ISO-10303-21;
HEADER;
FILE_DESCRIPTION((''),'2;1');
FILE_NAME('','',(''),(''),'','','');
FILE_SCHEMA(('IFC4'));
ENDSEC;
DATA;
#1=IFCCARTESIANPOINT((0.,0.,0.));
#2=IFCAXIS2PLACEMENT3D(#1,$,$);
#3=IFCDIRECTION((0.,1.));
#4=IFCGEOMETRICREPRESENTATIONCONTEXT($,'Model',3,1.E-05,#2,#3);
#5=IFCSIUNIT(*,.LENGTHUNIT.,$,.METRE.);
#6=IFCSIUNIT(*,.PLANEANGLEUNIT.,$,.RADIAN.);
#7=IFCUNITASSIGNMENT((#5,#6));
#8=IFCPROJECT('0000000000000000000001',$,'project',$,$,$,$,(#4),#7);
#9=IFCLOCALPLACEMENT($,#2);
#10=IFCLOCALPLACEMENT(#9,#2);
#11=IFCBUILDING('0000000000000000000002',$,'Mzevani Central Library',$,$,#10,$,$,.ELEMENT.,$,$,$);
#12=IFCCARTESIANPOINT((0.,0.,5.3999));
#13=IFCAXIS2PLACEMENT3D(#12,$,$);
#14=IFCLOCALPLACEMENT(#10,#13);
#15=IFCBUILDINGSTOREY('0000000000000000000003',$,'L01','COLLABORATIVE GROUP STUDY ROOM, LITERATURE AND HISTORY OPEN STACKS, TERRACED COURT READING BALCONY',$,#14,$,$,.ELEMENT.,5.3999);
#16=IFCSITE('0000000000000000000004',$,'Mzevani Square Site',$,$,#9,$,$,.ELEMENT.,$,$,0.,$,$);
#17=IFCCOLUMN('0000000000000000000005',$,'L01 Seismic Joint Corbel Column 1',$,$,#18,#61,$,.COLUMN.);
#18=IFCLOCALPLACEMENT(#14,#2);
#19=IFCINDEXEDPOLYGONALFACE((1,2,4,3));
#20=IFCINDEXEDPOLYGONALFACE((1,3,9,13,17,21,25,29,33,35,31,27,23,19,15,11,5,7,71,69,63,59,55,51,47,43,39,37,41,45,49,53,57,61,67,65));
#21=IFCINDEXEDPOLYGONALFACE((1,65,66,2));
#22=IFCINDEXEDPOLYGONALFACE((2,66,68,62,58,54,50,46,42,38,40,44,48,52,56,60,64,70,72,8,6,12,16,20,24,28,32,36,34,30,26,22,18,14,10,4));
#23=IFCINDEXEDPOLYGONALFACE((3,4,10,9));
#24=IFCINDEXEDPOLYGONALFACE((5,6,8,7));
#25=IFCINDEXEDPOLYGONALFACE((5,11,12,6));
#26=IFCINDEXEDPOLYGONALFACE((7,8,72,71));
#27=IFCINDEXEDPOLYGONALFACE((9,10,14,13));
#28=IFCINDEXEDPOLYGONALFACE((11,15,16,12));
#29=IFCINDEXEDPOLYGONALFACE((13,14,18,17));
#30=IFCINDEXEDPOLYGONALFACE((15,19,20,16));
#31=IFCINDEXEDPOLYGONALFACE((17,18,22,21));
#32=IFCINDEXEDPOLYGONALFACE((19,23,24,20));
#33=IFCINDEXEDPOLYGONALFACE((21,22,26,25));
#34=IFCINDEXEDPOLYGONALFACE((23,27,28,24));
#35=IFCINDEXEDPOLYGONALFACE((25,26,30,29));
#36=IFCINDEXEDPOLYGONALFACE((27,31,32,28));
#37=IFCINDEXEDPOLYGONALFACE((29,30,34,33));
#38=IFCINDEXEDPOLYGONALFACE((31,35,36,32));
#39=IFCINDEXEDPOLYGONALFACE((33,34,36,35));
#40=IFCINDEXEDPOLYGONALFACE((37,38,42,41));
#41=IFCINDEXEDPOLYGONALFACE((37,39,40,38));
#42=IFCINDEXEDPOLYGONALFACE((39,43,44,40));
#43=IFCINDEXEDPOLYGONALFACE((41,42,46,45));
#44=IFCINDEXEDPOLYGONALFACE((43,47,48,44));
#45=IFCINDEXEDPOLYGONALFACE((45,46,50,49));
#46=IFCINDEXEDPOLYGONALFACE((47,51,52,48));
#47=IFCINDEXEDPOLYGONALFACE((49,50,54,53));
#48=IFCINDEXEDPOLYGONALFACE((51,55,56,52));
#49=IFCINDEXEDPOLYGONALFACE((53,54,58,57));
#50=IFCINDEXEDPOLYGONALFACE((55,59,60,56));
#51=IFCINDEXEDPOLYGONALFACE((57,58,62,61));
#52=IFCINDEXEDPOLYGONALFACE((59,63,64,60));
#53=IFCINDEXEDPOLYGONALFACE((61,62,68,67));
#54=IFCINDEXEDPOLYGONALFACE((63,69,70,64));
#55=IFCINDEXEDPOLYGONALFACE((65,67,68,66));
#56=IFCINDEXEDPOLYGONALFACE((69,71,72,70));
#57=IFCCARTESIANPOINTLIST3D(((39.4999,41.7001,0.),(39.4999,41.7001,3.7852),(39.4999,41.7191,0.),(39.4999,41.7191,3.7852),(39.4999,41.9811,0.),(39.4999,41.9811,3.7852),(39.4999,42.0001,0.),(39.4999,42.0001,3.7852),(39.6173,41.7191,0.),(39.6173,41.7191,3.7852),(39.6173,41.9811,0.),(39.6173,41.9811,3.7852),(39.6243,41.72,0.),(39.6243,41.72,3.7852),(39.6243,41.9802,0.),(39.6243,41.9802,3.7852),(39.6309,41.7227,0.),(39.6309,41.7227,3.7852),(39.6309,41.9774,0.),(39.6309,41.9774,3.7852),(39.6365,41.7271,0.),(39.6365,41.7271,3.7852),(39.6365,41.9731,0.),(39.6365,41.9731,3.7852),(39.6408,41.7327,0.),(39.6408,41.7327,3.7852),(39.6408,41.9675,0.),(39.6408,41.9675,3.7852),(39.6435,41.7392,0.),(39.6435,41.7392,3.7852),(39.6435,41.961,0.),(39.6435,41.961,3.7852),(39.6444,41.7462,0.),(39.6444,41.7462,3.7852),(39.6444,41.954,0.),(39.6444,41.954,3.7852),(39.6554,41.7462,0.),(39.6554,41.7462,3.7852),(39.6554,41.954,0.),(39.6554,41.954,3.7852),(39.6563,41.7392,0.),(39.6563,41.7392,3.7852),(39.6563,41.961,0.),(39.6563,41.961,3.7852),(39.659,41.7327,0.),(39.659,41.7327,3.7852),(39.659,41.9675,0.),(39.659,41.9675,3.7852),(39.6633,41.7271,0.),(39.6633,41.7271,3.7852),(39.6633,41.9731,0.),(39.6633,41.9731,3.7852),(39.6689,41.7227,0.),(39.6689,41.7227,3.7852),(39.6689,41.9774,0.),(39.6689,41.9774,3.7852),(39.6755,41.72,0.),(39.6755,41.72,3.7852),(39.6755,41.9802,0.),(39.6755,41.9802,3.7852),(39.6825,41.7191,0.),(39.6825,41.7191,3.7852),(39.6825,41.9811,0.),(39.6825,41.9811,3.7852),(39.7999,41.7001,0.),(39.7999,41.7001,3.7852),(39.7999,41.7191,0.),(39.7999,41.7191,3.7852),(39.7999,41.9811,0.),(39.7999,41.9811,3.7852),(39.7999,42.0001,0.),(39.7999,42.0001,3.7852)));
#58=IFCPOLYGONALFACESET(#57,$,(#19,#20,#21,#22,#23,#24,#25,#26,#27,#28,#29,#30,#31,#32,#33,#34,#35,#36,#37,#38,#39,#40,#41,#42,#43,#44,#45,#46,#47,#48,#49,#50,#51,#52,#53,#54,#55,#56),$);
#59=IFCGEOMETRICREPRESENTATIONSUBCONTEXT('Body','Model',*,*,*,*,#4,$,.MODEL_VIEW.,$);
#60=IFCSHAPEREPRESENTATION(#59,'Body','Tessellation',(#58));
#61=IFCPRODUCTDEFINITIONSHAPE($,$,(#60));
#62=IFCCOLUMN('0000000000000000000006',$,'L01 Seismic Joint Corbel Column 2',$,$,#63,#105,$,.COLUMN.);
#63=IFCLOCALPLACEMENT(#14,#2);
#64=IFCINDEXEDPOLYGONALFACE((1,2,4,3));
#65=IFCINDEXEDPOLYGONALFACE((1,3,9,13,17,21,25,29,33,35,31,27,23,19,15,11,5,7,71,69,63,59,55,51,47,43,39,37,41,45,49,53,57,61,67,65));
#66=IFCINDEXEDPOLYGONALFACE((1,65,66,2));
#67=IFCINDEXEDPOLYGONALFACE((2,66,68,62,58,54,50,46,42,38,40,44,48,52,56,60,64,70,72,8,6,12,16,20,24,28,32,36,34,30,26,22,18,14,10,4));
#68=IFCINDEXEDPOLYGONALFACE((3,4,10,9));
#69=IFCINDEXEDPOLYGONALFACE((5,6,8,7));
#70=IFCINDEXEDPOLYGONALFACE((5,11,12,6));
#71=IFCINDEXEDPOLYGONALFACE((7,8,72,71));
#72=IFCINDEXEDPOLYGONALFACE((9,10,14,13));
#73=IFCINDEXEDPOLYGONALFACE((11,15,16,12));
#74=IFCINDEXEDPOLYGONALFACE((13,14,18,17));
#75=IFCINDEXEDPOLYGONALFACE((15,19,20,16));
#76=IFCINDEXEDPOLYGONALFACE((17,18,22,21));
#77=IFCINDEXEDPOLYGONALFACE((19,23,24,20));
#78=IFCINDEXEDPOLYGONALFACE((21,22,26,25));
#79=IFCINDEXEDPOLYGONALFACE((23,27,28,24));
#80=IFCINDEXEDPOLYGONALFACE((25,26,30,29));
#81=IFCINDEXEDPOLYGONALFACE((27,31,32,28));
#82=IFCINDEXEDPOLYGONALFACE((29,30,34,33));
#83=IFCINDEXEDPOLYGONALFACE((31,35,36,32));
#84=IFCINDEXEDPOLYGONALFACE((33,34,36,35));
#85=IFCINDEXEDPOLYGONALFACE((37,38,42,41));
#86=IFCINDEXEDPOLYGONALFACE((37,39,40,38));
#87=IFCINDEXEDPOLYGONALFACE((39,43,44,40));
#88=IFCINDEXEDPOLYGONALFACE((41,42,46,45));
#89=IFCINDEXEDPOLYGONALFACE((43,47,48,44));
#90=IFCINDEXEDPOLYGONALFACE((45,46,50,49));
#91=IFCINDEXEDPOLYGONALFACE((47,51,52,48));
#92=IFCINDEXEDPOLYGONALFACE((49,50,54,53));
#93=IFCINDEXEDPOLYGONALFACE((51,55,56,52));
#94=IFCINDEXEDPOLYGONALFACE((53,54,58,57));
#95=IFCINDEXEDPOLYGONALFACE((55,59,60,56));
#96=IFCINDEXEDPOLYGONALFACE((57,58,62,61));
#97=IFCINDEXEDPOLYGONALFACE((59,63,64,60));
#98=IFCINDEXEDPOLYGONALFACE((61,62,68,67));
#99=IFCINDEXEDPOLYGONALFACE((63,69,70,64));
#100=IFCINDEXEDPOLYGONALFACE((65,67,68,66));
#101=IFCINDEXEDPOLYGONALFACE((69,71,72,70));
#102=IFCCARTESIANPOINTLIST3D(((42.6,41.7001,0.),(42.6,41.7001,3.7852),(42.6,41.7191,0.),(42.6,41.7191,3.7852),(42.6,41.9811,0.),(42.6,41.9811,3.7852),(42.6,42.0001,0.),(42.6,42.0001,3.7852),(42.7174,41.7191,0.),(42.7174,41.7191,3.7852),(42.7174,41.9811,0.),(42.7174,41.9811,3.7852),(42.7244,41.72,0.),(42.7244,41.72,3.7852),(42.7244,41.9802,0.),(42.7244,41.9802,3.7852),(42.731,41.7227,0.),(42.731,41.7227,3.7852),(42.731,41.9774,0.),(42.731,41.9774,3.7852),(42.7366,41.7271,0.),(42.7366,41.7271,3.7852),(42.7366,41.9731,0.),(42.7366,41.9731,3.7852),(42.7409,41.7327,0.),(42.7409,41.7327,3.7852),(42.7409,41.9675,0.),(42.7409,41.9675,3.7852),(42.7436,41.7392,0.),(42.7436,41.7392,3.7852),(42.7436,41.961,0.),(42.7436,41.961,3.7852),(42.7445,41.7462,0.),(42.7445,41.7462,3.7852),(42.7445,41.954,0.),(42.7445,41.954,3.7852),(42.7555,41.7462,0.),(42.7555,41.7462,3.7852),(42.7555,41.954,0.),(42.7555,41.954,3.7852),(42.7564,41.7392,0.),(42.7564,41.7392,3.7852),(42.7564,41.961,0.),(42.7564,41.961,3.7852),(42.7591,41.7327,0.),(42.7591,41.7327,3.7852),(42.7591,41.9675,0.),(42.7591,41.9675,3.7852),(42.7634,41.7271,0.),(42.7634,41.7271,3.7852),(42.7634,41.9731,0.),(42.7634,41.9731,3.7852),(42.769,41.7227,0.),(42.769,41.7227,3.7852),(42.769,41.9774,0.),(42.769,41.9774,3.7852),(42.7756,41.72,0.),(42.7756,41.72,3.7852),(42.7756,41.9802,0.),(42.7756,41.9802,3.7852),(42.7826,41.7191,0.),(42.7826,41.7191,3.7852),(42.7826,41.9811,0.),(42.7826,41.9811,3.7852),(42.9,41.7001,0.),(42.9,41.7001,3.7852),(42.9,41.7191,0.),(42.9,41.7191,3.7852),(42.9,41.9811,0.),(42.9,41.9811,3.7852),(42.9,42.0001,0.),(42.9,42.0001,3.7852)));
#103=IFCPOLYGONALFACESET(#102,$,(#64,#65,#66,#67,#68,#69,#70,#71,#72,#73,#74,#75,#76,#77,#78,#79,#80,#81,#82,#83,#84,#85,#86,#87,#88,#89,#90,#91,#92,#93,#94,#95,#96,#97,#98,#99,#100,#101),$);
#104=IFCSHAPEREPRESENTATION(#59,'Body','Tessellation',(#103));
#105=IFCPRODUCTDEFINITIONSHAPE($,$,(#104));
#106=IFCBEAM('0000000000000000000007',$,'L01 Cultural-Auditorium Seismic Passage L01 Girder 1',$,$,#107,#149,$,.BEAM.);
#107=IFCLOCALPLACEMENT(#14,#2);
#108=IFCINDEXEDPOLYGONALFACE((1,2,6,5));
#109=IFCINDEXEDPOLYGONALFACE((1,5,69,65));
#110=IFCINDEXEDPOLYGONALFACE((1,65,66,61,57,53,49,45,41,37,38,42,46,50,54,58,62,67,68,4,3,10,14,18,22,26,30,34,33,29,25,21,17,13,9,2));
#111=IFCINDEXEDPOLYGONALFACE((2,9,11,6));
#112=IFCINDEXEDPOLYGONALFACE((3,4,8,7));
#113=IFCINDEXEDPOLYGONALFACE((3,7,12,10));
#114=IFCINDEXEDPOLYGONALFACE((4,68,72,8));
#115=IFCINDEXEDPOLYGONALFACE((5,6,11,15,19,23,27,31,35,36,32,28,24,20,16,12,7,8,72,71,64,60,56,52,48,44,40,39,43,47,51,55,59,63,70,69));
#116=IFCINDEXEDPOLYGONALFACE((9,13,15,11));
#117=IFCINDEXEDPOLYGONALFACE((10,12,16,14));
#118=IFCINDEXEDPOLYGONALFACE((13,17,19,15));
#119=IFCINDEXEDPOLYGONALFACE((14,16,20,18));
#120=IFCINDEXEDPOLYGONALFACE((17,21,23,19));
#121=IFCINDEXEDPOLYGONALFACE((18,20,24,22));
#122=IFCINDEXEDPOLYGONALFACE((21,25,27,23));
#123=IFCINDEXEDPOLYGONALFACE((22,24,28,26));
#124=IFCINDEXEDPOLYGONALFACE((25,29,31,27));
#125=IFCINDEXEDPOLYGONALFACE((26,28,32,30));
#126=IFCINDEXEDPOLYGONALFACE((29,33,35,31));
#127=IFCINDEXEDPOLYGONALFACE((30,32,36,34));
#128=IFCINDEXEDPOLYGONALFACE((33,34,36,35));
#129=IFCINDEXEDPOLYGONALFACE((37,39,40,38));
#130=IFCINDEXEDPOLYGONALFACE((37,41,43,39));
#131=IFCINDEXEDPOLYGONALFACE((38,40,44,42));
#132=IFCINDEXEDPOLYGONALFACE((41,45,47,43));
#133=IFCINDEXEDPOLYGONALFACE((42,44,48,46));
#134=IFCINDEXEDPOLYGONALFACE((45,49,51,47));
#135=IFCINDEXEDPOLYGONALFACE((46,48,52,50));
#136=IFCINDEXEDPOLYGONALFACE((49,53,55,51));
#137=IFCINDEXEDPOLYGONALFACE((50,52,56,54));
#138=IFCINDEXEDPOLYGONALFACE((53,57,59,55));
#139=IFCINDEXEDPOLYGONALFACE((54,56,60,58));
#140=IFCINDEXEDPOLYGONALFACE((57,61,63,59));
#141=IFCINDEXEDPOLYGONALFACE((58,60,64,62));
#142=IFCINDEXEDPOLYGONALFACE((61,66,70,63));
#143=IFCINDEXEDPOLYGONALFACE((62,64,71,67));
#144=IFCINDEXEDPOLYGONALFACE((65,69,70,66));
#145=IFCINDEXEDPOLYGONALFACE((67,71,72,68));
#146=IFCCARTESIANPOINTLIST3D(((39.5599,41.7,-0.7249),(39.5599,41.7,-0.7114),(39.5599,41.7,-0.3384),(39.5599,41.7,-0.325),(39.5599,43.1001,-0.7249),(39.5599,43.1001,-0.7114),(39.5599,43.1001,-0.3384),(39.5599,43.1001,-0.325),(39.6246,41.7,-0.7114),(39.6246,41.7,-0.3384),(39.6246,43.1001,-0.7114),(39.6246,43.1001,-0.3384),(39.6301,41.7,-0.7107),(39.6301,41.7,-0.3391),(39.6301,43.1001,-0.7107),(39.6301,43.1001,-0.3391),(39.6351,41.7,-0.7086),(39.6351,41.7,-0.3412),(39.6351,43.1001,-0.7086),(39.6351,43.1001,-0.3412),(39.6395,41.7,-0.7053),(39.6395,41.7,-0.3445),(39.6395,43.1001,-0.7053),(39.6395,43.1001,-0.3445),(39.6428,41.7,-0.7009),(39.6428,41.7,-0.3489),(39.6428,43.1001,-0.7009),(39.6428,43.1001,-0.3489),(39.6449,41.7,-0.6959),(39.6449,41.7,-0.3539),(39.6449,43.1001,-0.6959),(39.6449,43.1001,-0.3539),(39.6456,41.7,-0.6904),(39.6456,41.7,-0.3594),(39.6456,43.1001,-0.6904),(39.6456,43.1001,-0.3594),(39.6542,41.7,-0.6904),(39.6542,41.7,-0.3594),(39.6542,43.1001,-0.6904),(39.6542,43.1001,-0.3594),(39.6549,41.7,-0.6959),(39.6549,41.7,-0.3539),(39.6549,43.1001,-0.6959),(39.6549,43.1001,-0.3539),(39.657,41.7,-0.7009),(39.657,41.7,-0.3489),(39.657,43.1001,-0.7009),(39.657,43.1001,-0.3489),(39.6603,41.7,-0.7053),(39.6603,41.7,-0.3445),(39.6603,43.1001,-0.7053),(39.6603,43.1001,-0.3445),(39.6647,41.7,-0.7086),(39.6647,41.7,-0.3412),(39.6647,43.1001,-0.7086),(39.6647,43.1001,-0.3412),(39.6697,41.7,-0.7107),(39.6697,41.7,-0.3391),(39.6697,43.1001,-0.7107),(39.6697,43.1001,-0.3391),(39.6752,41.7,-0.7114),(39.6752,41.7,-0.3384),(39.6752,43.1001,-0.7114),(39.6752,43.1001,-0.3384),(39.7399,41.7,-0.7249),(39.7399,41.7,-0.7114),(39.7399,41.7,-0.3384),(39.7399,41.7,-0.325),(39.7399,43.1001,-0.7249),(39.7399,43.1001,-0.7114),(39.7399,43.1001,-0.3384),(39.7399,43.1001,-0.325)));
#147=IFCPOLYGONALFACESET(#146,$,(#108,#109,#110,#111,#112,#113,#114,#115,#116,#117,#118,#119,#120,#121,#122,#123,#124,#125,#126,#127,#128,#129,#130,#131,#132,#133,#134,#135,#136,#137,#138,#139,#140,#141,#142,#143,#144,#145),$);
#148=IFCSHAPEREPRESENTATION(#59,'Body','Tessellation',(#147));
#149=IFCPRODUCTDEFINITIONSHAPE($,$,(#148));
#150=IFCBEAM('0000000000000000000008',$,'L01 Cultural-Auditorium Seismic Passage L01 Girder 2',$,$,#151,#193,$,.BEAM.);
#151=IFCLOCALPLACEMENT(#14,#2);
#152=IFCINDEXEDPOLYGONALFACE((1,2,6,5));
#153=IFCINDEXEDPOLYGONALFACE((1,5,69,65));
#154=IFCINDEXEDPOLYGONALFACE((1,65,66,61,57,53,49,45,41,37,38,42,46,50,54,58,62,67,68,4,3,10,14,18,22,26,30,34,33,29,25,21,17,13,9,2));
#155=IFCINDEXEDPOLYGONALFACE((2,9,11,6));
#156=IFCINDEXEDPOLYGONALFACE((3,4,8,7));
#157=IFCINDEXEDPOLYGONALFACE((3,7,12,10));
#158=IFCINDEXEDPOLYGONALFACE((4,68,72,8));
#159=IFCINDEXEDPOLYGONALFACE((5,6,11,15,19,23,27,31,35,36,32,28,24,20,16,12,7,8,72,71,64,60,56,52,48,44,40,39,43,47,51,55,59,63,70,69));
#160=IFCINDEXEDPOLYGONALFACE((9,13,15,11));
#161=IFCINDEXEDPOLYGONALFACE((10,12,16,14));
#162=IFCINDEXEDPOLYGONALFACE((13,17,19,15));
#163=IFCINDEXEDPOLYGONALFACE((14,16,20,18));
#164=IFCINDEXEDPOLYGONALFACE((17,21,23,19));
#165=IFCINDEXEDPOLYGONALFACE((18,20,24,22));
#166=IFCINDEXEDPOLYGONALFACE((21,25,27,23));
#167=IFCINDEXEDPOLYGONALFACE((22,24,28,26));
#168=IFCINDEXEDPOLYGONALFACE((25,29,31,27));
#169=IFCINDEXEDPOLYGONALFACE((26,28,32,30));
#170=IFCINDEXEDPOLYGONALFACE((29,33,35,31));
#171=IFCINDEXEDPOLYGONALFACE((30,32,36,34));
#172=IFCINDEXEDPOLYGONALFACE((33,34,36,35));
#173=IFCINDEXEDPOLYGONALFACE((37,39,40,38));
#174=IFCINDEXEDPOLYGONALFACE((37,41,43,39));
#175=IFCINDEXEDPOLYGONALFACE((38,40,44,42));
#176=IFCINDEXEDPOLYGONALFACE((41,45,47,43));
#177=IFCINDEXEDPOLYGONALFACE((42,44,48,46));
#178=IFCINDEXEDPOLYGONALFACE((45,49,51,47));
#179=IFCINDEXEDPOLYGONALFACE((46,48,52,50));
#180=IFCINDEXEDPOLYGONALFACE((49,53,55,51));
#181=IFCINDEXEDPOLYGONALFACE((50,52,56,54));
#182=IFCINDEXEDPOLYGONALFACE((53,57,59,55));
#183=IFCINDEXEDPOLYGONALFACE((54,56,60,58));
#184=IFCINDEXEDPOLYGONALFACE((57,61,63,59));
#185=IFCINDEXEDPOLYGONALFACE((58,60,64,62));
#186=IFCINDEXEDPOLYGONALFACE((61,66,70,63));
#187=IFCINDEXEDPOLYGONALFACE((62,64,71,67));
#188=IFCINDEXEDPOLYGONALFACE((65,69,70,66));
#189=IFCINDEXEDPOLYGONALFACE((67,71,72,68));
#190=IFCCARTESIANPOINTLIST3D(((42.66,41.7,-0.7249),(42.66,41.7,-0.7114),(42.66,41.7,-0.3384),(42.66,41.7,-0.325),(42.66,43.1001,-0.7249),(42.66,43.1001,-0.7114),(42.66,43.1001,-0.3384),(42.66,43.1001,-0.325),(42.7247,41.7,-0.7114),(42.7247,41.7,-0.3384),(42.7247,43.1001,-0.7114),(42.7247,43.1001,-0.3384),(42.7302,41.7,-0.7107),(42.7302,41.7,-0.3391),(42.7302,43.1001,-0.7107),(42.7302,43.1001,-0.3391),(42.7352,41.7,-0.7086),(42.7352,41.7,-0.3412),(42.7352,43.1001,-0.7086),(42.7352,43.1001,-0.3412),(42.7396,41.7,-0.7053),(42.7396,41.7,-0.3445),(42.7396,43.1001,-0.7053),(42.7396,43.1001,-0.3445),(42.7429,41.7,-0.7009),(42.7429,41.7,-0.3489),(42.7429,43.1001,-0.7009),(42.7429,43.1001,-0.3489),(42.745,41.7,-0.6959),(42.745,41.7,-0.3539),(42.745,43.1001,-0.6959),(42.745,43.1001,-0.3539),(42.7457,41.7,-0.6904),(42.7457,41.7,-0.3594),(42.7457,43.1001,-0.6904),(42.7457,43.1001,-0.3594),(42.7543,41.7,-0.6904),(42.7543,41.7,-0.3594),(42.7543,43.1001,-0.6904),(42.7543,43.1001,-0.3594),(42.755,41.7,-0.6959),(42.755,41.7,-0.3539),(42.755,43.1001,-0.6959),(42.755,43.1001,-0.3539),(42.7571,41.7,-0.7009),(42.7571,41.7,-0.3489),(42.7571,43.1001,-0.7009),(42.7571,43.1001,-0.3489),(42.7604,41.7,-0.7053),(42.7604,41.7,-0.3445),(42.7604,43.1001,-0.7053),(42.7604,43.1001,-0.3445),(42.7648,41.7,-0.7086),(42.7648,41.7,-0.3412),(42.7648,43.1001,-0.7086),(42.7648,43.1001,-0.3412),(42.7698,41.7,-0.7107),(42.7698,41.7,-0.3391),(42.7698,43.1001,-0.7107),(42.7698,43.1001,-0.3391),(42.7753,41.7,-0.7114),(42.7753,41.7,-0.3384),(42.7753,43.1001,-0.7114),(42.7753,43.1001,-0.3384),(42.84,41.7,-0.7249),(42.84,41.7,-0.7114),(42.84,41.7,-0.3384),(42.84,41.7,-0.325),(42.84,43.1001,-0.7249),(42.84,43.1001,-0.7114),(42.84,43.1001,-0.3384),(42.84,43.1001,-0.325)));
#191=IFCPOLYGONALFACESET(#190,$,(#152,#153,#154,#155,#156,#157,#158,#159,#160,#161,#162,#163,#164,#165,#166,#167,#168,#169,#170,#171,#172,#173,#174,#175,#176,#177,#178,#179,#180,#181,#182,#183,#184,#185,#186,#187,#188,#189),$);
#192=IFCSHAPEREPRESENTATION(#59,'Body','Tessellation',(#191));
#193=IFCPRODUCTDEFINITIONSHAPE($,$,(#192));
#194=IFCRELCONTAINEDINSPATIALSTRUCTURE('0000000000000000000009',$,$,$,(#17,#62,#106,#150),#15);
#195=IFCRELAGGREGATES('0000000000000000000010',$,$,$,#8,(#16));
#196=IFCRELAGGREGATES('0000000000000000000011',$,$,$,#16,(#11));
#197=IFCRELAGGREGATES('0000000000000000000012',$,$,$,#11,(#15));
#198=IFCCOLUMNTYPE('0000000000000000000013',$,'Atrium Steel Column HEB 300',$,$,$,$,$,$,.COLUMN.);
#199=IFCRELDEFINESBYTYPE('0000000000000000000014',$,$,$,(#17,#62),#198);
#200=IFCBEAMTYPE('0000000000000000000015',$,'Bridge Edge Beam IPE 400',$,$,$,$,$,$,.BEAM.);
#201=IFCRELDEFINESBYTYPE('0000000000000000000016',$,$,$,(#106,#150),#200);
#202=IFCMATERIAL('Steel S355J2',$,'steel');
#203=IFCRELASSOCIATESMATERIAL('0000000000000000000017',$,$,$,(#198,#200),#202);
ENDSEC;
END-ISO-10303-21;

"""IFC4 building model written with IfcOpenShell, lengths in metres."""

from ifc_helpers import new_model, si_unit, direction, frame, origin, origin_2d, place, context, subcontext, project, spatial, i_section, extrude, material, material_profile, profile_set, type_object, element, save


model = new_model("IFC4")

# Units and contexts
model_context = context("Model", 3, precision=1e-05, world=origin(), true_north=direction((0.0, 1.0)))
body_context = subcontext(model_context, "Body", "Model", "MODEL_VIEW")
ifc_project = project(units=[si_unit("LENGTHUNIT", "METRE"), si_unit("PLANEANGLEUNIT", "RADIAN")], contexts=[model_context])

# Site, building, storey
site_placement = place(None, origin())
site = spatial("IfcSite", under=ifc_project, at=site_placement, Name="Mzevani Square Site", CompositionType="ELEMENT", RefElevation=0.0)
building_placement = place(site_placement, origin())
building = spatial("IfcBuilding", under=site, at=building_placement, Name="Mzevani Central Library", CompositionType="ELEMENT")
storey_placement = place(building_placement, frame((0.0, 0.0, 5.3999)))
storey = spatial("IfcBuildingStorey", under=building, at=storey_placement, Name="L01", Description="COLLABORATIVE GROUP STUDY ROOM, LITERATURE AND HISTORY OPEN STACKS, TERRACED COURT READING BALCONY", CompositionType="ELEMENT", Elevation=5.3999)

# Columns
ifc_material_1 = material(Name="Steel S355J2", Category="steel")
ifc_material_profile_1 = material_profile(ifc_material_1, i_section(OverallWidth=0.3, OverallDepth=0.3, WebThickness=0.011, FlangeThickness=0.019, FilletRadius=0.0271, at=origin_2d()), Name="HEB 300")
ifc_profile_set_1 = profile_set([ifc_material_profile_1], Name="Steel S355J2")
column_type = type_object("IfcColumnType", Name="Atrium Steel Column HEB 300", PredefinedType="COLUMN", material=ifc_profile_set_1)
for number, where, z_axis, x_axis, name in (
    (1, (39.6499, 41.8501, 0.0), (0.0, 0.0, 1.0), (1.0, 0.0, 0.0), "L01 Seismic Joint Corbel Column 1"),
    (2, (42.75, 41.8501, 0.0), (0.0, 0.0, 1.0), (1.0, 0.0, 0.0), "L01 Seismic Joint Corbel Column 2"),
):
    element("IfcColumn", number, at=place(storey_placement, frame(where, z_axis=z_axis, x_axis=x_axis)), inside=storey, type_object=column_type, Name=name, PredefinedType="COLUMN", context=body_context, shape_type="SweptSolid", body=[
        extrude(i_section(OverallWidth=0.3, OverallDepth=0.3, WebThickness=0.011, FlangeThickness=0.019, FilletRadius=0.0271, at=origin_2d()), origin(), (0.0, 0.0, 1.0), 3.7852),
    ])

# Beams
ifc_material_profile_2 = material_profile(ifc_material_1, i_section(OverallWidth=0.1799, OverallDepth=0.3999, WebThickness=0.0085, FlangeThickness=0.0134, FilletRadius=0.021, at=origin_2d()), Name="IPE 400")
ifc_profile_set_2 = profile_set([ifc_material_profile_2], Name="Steel S355J2")
beam_type_1 = type_object("IfcBeamType", Name="Bridge Edge Beam IPE 400", PredefinedType="BEAM", material=ifc_profile_set_2)
for number, where, z_axis, x_axis, name in (
    (3, (39.6499, 41.7, -0.5249), (0.0, 1.0, 0.0), (-1.0, 0.0, 0.0), "L01 Cultural-Auditorium Seismic Passage L01 Girder 1"),
    (4, (42.75, 41.7, -0.5249), (0.0, 1.0, 0.0), (-1.0, 0.0, 0.0), "L01 Cultural-Auditorium Seismic Passage L01 Girder 2"),
):
    element("IfcBeam", number, at=place(storey_placement, frame(where, z_axis=z_axis, x_axis=x_axis)), inside=storey, type_object=beam_type_1, Name=name, PredefinedType="BEAM", context=body_context, shape_type="SweptSolid", body=[
        extrude(i_section(OverallWidth=0.1799, OverallDepth=0.3999, WebThickness=0.0085, FlangeThickness=0.0134, FilletRadius=0.021, at=origin_2d()), origin(), (0.0, 0.0, 1.0), 1.4001),
    ])

save(model, "model.ifc")
